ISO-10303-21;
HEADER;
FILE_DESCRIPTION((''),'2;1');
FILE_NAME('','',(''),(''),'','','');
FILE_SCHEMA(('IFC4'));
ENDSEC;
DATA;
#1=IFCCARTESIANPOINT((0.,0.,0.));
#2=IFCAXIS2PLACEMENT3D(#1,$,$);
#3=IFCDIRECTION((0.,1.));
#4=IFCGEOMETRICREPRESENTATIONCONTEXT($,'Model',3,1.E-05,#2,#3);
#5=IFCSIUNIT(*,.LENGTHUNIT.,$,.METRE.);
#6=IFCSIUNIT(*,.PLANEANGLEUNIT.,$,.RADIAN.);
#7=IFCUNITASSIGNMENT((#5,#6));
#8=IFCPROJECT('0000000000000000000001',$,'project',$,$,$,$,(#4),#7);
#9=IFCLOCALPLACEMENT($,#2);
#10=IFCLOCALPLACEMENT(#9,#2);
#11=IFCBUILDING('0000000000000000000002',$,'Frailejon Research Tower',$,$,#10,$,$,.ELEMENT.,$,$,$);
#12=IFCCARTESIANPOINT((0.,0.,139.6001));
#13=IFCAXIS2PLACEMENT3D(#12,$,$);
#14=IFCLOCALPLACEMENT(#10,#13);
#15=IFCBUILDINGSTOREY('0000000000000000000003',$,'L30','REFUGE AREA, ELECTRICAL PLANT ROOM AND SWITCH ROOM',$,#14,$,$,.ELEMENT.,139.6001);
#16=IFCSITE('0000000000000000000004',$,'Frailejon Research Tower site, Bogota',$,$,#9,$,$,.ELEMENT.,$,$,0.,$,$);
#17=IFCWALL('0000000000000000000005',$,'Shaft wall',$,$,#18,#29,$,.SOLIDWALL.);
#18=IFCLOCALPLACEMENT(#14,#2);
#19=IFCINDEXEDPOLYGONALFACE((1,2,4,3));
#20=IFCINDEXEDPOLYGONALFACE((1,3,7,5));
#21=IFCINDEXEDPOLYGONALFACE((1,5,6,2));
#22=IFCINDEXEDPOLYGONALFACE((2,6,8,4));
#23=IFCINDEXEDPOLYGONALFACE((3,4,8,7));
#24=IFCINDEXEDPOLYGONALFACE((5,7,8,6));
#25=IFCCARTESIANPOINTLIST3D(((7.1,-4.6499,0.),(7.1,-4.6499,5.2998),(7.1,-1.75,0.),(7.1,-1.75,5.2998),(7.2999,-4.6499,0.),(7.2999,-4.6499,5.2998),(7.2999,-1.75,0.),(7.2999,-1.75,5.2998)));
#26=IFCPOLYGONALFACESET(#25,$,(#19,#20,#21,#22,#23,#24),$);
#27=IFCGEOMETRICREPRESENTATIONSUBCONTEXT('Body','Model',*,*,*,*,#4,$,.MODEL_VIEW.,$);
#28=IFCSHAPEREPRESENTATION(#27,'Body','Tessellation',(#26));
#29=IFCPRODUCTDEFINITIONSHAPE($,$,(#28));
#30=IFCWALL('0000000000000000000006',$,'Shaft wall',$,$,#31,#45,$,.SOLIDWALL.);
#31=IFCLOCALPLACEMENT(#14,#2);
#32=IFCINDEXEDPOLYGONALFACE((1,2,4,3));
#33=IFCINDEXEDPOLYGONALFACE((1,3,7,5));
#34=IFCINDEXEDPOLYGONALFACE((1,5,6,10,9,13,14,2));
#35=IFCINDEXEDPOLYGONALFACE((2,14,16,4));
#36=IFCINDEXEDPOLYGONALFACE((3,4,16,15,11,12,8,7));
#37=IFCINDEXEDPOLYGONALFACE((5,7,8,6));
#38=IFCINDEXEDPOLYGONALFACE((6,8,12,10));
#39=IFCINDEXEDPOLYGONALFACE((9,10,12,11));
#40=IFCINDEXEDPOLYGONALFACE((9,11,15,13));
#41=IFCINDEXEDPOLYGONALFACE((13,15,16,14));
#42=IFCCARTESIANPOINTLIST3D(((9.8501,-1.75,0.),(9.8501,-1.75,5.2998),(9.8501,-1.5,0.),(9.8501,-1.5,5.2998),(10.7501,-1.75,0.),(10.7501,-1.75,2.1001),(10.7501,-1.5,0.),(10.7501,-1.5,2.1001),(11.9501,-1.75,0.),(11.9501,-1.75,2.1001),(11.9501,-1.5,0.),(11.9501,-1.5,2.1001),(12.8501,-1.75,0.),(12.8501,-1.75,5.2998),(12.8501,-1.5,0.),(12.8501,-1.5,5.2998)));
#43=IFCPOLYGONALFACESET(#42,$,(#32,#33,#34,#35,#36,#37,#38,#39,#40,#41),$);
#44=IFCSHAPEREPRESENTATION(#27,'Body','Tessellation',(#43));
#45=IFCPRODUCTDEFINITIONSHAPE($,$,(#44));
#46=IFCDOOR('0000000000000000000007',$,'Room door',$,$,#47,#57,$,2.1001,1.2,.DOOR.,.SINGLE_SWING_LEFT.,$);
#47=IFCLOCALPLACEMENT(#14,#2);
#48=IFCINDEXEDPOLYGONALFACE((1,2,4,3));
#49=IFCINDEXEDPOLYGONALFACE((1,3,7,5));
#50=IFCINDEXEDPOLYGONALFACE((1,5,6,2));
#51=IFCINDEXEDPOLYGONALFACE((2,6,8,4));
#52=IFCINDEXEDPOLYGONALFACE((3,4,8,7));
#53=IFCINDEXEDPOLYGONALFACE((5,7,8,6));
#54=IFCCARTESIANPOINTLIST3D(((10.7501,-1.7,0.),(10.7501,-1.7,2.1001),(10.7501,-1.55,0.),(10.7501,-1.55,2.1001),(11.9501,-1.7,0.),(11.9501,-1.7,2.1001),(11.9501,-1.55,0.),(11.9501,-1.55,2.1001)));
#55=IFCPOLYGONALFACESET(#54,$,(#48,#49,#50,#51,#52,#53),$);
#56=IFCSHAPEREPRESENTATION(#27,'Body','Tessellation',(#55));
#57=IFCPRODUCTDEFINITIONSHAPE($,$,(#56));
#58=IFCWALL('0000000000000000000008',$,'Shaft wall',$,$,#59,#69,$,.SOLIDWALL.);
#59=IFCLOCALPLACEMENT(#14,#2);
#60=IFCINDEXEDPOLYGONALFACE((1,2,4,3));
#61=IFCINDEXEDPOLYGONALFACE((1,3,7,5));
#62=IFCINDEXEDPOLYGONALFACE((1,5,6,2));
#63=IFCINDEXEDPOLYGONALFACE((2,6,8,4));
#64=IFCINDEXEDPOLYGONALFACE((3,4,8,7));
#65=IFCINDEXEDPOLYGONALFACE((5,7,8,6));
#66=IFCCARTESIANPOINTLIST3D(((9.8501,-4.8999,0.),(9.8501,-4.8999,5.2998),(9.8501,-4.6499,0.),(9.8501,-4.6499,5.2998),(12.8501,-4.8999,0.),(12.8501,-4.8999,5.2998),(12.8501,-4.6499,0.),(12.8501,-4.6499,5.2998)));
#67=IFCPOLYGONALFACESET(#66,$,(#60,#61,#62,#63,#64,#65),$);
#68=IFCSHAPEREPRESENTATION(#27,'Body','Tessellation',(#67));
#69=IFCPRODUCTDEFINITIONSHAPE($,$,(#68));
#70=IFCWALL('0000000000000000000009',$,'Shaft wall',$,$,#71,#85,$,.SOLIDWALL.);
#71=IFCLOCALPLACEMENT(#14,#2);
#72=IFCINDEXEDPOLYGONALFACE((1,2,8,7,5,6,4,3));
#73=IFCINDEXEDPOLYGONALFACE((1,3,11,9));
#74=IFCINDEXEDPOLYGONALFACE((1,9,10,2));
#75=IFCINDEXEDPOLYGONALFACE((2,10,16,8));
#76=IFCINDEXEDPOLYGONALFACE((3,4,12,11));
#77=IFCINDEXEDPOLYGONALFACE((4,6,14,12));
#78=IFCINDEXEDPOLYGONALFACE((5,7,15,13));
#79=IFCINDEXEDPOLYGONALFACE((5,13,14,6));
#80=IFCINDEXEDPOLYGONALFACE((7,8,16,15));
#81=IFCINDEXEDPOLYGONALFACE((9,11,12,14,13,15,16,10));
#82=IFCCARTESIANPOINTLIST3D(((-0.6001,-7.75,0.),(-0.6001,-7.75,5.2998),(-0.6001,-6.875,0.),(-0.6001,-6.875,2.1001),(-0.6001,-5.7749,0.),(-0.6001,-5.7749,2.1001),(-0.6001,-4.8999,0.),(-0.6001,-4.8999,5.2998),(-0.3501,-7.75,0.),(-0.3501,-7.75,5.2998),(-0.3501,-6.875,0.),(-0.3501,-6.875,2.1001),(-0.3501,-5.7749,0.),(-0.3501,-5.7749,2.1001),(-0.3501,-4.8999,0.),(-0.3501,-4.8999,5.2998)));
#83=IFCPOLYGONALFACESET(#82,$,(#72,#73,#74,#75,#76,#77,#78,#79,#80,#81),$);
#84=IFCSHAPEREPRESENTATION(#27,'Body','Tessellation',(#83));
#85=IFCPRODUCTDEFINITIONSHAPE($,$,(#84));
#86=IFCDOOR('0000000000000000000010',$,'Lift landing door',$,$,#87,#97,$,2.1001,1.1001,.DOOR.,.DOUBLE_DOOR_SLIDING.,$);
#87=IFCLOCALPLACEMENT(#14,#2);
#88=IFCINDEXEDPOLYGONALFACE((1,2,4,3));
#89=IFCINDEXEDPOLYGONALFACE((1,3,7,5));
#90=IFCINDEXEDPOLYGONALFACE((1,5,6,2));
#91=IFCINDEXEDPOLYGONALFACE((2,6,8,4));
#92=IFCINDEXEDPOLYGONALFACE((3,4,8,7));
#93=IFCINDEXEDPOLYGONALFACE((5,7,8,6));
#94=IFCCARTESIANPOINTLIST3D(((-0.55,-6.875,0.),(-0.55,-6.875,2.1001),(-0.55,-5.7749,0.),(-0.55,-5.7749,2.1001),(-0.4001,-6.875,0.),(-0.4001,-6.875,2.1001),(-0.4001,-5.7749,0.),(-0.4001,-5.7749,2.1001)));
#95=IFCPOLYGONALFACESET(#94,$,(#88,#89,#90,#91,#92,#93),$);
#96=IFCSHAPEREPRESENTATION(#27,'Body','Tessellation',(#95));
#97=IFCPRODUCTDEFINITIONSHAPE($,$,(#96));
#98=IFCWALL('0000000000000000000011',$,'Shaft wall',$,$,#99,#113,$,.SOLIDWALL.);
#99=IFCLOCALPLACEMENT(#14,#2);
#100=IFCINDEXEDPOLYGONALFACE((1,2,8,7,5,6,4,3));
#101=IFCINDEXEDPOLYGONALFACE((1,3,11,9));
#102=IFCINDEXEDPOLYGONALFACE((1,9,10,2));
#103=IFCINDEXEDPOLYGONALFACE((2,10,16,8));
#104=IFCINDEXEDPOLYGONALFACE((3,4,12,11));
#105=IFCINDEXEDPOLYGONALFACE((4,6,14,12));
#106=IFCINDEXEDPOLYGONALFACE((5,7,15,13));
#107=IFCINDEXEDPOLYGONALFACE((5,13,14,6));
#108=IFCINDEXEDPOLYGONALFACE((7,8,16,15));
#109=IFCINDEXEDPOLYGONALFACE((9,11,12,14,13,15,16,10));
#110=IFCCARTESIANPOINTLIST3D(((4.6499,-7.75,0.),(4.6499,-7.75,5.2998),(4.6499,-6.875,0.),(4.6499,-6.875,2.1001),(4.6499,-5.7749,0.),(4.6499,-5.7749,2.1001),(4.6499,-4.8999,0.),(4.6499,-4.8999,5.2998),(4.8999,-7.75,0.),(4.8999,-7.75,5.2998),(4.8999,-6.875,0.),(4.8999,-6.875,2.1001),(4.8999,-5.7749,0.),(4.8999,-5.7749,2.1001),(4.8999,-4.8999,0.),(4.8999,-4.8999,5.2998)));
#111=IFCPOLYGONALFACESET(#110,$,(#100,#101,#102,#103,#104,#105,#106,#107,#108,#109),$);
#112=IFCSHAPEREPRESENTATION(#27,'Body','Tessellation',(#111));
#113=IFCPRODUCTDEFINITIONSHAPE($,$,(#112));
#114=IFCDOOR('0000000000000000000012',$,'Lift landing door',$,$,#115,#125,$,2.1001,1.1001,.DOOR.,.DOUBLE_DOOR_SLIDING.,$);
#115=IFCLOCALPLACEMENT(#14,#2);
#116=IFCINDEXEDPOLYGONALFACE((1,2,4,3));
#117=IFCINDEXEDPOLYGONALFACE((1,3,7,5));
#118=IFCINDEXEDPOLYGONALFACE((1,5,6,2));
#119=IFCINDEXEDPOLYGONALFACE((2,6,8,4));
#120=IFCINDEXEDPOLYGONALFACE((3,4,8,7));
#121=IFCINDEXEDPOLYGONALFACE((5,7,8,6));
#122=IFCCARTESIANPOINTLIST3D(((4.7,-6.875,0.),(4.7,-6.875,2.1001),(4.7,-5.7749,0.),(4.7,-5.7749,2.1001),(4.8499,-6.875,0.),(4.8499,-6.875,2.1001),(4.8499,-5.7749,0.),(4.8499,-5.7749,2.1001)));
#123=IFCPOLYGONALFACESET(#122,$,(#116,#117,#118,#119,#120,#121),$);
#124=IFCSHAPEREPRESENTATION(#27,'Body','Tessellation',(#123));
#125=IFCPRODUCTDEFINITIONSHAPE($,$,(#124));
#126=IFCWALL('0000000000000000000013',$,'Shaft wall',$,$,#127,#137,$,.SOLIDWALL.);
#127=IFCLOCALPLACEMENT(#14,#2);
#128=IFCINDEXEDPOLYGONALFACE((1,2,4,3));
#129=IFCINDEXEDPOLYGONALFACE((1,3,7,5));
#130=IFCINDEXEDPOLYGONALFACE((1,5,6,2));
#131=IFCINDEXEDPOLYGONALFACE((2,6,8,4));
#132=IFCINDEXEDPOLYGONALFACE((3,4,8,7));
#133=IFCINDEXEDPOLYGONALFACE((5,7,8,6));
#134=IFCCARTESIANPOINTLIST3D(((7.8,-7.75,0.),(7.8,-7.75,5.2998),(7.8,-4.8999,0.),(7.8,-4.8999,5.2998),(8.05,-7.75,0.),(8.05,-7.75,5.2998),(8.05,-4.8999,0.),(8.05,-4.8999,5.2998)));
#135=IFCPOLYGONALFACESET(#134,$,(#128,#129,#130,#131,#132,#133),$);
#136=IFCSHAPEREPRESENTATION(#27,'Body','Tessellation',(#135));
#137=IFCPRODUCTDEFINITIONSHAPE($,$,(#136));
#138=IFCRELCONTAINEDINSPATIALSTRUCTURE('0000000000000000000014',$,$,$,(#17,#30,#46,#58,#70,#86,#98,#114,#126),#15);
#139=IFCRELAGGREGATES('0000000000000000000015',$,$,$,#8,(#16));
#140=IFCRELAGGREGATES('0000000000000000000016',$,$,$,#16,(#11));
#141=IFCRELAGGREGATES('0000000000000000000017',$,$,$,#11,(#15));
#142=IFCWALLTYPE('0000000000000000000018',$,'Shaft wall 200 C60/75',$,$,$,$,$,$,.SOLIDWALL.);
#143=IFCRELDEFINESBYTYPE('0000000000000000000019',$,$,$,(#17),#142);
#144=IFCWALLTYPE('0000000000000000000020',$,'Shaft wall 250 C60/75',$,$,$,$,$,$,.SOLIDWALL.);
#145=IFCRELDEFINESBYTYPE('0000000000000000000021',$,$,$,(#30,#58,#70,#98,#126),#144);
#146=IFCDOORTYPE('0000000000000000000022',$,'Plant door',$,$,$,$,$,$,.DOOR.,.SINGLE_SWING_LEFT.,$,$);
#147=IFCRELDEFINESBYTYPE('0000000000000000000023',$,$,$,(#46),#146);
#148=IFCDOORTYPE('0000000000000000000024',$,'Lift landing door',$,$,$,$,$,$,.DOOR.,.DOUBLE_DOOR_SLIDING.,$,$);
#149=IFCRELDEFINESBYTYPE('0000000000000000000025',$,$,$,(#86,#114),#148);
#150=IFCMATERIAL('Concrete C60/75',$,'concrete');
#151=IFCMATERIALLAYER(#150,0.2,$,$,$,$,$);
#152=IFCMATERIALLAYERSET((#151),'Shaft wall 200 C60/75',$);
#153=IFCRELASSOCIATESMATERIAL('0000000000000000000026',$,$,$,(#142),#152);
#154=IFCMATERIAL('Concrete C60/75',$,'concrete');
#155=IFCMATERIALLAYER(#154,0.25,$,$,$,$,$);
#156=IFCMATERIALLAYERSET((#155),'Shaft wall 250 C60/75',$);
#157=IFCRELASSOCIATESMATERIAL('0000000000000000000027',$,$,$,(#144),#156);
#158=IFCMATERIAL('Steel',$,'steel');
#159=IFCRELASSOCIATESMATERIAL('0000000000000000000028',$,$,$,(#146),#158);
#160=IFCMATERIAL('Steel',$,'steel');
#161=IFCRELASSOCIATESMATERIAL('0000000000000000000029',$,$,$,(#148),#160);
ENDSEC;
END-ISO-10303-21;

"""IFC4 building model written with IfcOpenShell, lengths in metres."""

from ifc_helpers import new_model, si_unit, direction, frame, frame_2d, origin, place, context, subcontext, project, spatial, rectangle, extrude, material, layer, layer_set, type_object, element, fill, save


model = new_model("IFC4")

# Units and contexts
model_context = context("Model", 3, precision=1e-05, world=origin(), true_north=direction((0.0, 1.0)))
body_context = subcontext(model_context, "Body", "Model", "MODEL_VIEW")
ifc_project = project(units=[si_unit("LENGTHUNIT", "METRE"), si_unit("PLANEANGLEUNIT", "RADIAN")], contexts=[model_context])

# Site, building, storey
site_placement = place(None, origin())
site = spatial("IfcSite", under=ifc_project, at=site_placement, Name="Frailejon Research Tower site, Bogota", CompositionType="ELEMENT", RefElevation=0.0)
building_placement = place(site_placement, origin())
building = spatial("IfcBuilding", under=site, at=building_placement, Name="Frailejon Research Tower", CompositionType="ELEMENT")
storey_placement = place(building_placement, frame((0.0, 0.0, 139.6001)))
storey = spatial("IfcBuildingStorey", under=building, at=storey_placement, Name="L30", Description="REFUGE AREA, ELECTRICAL PLANT ROOM AND SWITCH ROOM", CompositionType="ELEMENT", Elevation=139.6001)

# Wall
ifc_material_1 = material(Name="Concrete C60/75", Category="concrete")
ifc_layer_1 = layer(ifc_material_1, 0.2)
ifc_layer_set_1 = layer_set([ifc_layer_1], Name="Shaft wall 200 C60/75")
wall_type_1 = type_object("IfcWallType", Name="Shaft wall 200 C60/75", PredefinedType="SOLIDWALL", material=ifc_layer_set_1)
for number, where, z_axis, x_axis, name in (
    (1, (7.2, -4.6499, 0.0), (0.0, 0.0, 1.0), (0.0, 1.0, 0.0), "Shaft wall"),
):
    element("IfcWall", number, at=place(storey_placement, frame(where, z_axis=z_axis, x_axis=x_axis)), inside=storey, type_object=wall_type_1, Name=name, PredefinedType="SOLIDWALL", context=body_context, shape_type="SweptSolid", body=[
        extrude(rectangle(XDim=2.8999, YDim=0.2, at=frame_2d((1.45, 0.0))), origin(), (0.0, 0.0, 1.0), 5.2998),
    ])

# Wall, opening, door
ifc_material_2 = material(Name="Concrete C60/75", Category="concrete")
ifc_layer_2 = layer(ifc_material_2, 0.25)
ifc_layer_set_2 = layer_set([ifc_layer_2], Name="Shaft wall 250 C60/75")
wall_type_2 = type_object("IfcWallType", Name="Shaft wall 250 C60/75", PredefinedType="SOLIDWALL", material=ifc_layer_set_2)
wall_1_placement = place(storey_placement, frame((9.8501, -1.625, 0.0), z_axis=(0.0, 0.0, 1.0), x_axis=(1.0, 0.0, 0.0)))
wall_1 = element("IfcWall", 2, at=wall_1_placement, inside=storey, type_object=wall_type_2, Name="Shaft wall", PredefinedType="SOLIDWALL", context=body_context, shape_type="SweptSolid", body=[
    extrude(rectangle(XDim=3.0, YDim=0.25, at=frame_2d((1.5, 0.0))), origin(), (0.0, 0.0, 1.0), 5.2998),
])
opening_1_placement = place(wall_1_placement, frame((0.8999, 0.0, 0.0)))
opening_1 = element("IfcOpeningElement", 3, at=opening_1_placement, cuts=wall_1, PredefinedType="OPENING", context=body_context, shape_type="SweptSolid", body=[
    extrude(rectangle(XDim=1.2, YDim=2.1001, at=frame_2d((0.6001, 1.05))), frame((0.0, 0.135, 0.0), z_axis=(0.0, -1.0, 0.0), x_axis=(1.0, 0.0, 0.0)), (0.0, 0.0, 1.0), 0.27),
])
ifc_material_3 = material(Name="Steel", Category="steel")
door_type_1 = type_object("IfcDoorType", Name="Plant door", OperationType="SINGLE_SWING_LEFT", PredefinedType="DOOR", material=ifc_material_3)
door_1_placement = place(opening_1_placement, origin())
door_1 = element("IfcDoor", 4, at=door_1_placement, inside=storey, type_object=door_type_1, Name="Room door", OperationType="SINGLE_SWING_LEFT", OverallHeight=2.1001, OverallWidth=1.2, PredefinedType="DOOR", context=body_context, shape_type="SweptSolid", body=[
    extrude(rectangle(XDim=1.2, YDim=2.1001, at=frame_2d((0.6001, 1.05))), frame((0.0, 0.075, 0.0), z_axis=(0.0, -1.0, 0.0), x_axis=(1.0, 0.0, 0.0)), (0.0, 0.0, 1.0), 0.1499),
])
fill(opening_1, door_1)

# Wall
wall_2_placement = place(storey_placement, frame((9.8501, -4.7749, 0.0), z_axis=(0.0, 0.0, 1.0), x_axis=(1.0, 0.0, 0.0)))
element("IfcWall", 5, at=wall_2_placement, inside=storey, type_object=wall_type_2, Name="Shaft wall", PredefinedType="SOLIDWALL", context=body_context, shape_type="SweptSolid", body=[
    extrude(rectangle(XDim=3.0, YDim=0.25, at=frame_2d((1.5, 0.0))), origin(), (0.0, 0.0, 1.0), 5.2998),
])

# Walls, openings, doors
wall_3_placement = place(storey_placement, frame((-0.4751, -7.75, 0.0), z_axis=(0.0, 0.0, 1.0), x_axis=(0.0, 1.0, 0.0)))
wall_3 = element("IfcWall", 6, at=wall_3_placement, inside=storey, type_object=wall_type_2, Name="Shaft wall", PredefinedType="SOLIDWALL", context=body_context, shape_type="SweptSolid", body=[
    extrude(rectangle(XDim=2.8501, YDim=0.25, at=frame_2d((1.425, 0.0))), origin(), (0.0, 0.0, 1.0), 5.2998),
])
opening_2_placement = place(wall_3_placement, frame((0.875, 0.0, 0.0)))
opening_2 = element("IfcOpeningElement", 7, at=opening_2_placement, cuts=wall_3, PredefinedType="OPENING", context=body_context, shape_type="SweptSolid", body=[
    extrude(rectangle(XDim=1.1001, YDim=2.1001, at=frame_2d((0.55, 1.05))), frame((0.0, 0.135, 0.0), z_axis=(0.0, -1.0, 0.0), x_axis=(1.0, 0.0, 0.0)), (0.0, 0.0, 1.0), 0.27),
])
ifc_material_4 = material(Name="Steel", Category="steel")
door_type_2 = type_object("IfcDoorType", Name="Lift landing door", OperationType="DOUBLE_DOOR_SLIDING", PredefinedType="DOOR", material=ifc_material_4)
door_2_placement = place(opening_2_placement, origin())
door_2 = element("IfcDoor", 8, at=door_2_placement, inside=storey, type_object=door_type_2, Name="Lift landing door", OperationType="DOUBLE_DOOR_SLIDING", OverallHeight=2.1001, OverallWidth=1.1001, PredefinedType="DOOR", context=body_context, shape_type="SweptSolid", body=[
    extrude(rectangle(XDim=1.1001, YDim=2.1001, at=frame_2d((0.55, 1.05))), frame((0.0, 0.075, 0.0), z_axis=(0.0, -1.0, 0.0), x_axis=(1.0, 0.0, 0.0)), (0.0, 0.0, 1.0), 0.1499),
])
fill(opening_2, door_2)
wall_4_placement = place(storey_placement, frame((4.7749, -7.75, 0.0), z_axis=(0.0, 0.0, 1.0), x_axis=(0.0, 1.0, 0.0)))
wall_4 = element("IfcWall", 9, at=wall_4_placement, inside=storey, type_object=wall_type_2, Name="Shaft wall", PredefinedType="SOLIDWALL", context=body_context, shape_type="SweptSolid", body=[
    extrude(rectangle(XDim=2.8501, YDim=0.25, at=frame_2d((1.425, 0.0))), origin(), (0.0, 0.0, 1.0), 5.2998),
])
opening_3_placement = place(wall_4_placement, frame((0.875, 0.0, 0.0)))
opening_3 = element("IfcOpeningElement", 10, at=opening_3_placement, cuts=wall_4, PredefinedType="OPENING", context=body_context, shape_type="SweptSolid", body=[
    extrude(rectangle(XDim=1.1001, YDim=2.1001, at=frame_2d((0.55, 1.05))), frame((0.0, 0.135, 0.0), z_axis=(0.0, -1.0, 0.0), x_axis=(1.0, 0.0, 0.0)), (0.0, 0.0, 1.0), 0.27),
])
door_3_placement = place(opening_3_placement, origin())
door_3 = element("IfcDoor", 11, at=door_3_placement, inside=storey, type_object=door_type_2, Name="Lift landing door", OperationType="DOUBLE_DOOR_SLIDING", OverallHeight=2.1001, OverallWidth=1.1001, PredefinedType="DOOR", context=body_context, shape_type="SweptSolid", body=[
    extrude(rectangle(XDim=1.1001, YDim=2.1001, at=frame_2d((0.55, 1.05))), frame((0.0, 0.075, 0.0), z_axis=(0.0, -1.0, 0.0), x_axis=(1.0, 0.0, 0.0)), (0.0, 0.0, 1.0), 0.1499),
])
fill(opening_3, door_3)

# Wall
wall_5_placement = place(storey_placement, frame((7.925, -7.75, 0.0), z_axis=(0.0, 0.0, 1.0), x_axis=(0.0, 1.0, 0.0)))
element("IfcWall", 12, at=wall_5_placement, inside=storey, type_object=wall_type_2, Name="Shaft wall", PredefinedType="SOLIDWALL", context=body_context, shape_type="SweptSolid", body=[
    extrude(rectangle(XDim=2.8501, YDim=0.25, at=frame_2d((1.425, 0.0))), origin(), (0.0, 0.0, 1.0), 5.2998),
])

save(model, "model.ifc")
